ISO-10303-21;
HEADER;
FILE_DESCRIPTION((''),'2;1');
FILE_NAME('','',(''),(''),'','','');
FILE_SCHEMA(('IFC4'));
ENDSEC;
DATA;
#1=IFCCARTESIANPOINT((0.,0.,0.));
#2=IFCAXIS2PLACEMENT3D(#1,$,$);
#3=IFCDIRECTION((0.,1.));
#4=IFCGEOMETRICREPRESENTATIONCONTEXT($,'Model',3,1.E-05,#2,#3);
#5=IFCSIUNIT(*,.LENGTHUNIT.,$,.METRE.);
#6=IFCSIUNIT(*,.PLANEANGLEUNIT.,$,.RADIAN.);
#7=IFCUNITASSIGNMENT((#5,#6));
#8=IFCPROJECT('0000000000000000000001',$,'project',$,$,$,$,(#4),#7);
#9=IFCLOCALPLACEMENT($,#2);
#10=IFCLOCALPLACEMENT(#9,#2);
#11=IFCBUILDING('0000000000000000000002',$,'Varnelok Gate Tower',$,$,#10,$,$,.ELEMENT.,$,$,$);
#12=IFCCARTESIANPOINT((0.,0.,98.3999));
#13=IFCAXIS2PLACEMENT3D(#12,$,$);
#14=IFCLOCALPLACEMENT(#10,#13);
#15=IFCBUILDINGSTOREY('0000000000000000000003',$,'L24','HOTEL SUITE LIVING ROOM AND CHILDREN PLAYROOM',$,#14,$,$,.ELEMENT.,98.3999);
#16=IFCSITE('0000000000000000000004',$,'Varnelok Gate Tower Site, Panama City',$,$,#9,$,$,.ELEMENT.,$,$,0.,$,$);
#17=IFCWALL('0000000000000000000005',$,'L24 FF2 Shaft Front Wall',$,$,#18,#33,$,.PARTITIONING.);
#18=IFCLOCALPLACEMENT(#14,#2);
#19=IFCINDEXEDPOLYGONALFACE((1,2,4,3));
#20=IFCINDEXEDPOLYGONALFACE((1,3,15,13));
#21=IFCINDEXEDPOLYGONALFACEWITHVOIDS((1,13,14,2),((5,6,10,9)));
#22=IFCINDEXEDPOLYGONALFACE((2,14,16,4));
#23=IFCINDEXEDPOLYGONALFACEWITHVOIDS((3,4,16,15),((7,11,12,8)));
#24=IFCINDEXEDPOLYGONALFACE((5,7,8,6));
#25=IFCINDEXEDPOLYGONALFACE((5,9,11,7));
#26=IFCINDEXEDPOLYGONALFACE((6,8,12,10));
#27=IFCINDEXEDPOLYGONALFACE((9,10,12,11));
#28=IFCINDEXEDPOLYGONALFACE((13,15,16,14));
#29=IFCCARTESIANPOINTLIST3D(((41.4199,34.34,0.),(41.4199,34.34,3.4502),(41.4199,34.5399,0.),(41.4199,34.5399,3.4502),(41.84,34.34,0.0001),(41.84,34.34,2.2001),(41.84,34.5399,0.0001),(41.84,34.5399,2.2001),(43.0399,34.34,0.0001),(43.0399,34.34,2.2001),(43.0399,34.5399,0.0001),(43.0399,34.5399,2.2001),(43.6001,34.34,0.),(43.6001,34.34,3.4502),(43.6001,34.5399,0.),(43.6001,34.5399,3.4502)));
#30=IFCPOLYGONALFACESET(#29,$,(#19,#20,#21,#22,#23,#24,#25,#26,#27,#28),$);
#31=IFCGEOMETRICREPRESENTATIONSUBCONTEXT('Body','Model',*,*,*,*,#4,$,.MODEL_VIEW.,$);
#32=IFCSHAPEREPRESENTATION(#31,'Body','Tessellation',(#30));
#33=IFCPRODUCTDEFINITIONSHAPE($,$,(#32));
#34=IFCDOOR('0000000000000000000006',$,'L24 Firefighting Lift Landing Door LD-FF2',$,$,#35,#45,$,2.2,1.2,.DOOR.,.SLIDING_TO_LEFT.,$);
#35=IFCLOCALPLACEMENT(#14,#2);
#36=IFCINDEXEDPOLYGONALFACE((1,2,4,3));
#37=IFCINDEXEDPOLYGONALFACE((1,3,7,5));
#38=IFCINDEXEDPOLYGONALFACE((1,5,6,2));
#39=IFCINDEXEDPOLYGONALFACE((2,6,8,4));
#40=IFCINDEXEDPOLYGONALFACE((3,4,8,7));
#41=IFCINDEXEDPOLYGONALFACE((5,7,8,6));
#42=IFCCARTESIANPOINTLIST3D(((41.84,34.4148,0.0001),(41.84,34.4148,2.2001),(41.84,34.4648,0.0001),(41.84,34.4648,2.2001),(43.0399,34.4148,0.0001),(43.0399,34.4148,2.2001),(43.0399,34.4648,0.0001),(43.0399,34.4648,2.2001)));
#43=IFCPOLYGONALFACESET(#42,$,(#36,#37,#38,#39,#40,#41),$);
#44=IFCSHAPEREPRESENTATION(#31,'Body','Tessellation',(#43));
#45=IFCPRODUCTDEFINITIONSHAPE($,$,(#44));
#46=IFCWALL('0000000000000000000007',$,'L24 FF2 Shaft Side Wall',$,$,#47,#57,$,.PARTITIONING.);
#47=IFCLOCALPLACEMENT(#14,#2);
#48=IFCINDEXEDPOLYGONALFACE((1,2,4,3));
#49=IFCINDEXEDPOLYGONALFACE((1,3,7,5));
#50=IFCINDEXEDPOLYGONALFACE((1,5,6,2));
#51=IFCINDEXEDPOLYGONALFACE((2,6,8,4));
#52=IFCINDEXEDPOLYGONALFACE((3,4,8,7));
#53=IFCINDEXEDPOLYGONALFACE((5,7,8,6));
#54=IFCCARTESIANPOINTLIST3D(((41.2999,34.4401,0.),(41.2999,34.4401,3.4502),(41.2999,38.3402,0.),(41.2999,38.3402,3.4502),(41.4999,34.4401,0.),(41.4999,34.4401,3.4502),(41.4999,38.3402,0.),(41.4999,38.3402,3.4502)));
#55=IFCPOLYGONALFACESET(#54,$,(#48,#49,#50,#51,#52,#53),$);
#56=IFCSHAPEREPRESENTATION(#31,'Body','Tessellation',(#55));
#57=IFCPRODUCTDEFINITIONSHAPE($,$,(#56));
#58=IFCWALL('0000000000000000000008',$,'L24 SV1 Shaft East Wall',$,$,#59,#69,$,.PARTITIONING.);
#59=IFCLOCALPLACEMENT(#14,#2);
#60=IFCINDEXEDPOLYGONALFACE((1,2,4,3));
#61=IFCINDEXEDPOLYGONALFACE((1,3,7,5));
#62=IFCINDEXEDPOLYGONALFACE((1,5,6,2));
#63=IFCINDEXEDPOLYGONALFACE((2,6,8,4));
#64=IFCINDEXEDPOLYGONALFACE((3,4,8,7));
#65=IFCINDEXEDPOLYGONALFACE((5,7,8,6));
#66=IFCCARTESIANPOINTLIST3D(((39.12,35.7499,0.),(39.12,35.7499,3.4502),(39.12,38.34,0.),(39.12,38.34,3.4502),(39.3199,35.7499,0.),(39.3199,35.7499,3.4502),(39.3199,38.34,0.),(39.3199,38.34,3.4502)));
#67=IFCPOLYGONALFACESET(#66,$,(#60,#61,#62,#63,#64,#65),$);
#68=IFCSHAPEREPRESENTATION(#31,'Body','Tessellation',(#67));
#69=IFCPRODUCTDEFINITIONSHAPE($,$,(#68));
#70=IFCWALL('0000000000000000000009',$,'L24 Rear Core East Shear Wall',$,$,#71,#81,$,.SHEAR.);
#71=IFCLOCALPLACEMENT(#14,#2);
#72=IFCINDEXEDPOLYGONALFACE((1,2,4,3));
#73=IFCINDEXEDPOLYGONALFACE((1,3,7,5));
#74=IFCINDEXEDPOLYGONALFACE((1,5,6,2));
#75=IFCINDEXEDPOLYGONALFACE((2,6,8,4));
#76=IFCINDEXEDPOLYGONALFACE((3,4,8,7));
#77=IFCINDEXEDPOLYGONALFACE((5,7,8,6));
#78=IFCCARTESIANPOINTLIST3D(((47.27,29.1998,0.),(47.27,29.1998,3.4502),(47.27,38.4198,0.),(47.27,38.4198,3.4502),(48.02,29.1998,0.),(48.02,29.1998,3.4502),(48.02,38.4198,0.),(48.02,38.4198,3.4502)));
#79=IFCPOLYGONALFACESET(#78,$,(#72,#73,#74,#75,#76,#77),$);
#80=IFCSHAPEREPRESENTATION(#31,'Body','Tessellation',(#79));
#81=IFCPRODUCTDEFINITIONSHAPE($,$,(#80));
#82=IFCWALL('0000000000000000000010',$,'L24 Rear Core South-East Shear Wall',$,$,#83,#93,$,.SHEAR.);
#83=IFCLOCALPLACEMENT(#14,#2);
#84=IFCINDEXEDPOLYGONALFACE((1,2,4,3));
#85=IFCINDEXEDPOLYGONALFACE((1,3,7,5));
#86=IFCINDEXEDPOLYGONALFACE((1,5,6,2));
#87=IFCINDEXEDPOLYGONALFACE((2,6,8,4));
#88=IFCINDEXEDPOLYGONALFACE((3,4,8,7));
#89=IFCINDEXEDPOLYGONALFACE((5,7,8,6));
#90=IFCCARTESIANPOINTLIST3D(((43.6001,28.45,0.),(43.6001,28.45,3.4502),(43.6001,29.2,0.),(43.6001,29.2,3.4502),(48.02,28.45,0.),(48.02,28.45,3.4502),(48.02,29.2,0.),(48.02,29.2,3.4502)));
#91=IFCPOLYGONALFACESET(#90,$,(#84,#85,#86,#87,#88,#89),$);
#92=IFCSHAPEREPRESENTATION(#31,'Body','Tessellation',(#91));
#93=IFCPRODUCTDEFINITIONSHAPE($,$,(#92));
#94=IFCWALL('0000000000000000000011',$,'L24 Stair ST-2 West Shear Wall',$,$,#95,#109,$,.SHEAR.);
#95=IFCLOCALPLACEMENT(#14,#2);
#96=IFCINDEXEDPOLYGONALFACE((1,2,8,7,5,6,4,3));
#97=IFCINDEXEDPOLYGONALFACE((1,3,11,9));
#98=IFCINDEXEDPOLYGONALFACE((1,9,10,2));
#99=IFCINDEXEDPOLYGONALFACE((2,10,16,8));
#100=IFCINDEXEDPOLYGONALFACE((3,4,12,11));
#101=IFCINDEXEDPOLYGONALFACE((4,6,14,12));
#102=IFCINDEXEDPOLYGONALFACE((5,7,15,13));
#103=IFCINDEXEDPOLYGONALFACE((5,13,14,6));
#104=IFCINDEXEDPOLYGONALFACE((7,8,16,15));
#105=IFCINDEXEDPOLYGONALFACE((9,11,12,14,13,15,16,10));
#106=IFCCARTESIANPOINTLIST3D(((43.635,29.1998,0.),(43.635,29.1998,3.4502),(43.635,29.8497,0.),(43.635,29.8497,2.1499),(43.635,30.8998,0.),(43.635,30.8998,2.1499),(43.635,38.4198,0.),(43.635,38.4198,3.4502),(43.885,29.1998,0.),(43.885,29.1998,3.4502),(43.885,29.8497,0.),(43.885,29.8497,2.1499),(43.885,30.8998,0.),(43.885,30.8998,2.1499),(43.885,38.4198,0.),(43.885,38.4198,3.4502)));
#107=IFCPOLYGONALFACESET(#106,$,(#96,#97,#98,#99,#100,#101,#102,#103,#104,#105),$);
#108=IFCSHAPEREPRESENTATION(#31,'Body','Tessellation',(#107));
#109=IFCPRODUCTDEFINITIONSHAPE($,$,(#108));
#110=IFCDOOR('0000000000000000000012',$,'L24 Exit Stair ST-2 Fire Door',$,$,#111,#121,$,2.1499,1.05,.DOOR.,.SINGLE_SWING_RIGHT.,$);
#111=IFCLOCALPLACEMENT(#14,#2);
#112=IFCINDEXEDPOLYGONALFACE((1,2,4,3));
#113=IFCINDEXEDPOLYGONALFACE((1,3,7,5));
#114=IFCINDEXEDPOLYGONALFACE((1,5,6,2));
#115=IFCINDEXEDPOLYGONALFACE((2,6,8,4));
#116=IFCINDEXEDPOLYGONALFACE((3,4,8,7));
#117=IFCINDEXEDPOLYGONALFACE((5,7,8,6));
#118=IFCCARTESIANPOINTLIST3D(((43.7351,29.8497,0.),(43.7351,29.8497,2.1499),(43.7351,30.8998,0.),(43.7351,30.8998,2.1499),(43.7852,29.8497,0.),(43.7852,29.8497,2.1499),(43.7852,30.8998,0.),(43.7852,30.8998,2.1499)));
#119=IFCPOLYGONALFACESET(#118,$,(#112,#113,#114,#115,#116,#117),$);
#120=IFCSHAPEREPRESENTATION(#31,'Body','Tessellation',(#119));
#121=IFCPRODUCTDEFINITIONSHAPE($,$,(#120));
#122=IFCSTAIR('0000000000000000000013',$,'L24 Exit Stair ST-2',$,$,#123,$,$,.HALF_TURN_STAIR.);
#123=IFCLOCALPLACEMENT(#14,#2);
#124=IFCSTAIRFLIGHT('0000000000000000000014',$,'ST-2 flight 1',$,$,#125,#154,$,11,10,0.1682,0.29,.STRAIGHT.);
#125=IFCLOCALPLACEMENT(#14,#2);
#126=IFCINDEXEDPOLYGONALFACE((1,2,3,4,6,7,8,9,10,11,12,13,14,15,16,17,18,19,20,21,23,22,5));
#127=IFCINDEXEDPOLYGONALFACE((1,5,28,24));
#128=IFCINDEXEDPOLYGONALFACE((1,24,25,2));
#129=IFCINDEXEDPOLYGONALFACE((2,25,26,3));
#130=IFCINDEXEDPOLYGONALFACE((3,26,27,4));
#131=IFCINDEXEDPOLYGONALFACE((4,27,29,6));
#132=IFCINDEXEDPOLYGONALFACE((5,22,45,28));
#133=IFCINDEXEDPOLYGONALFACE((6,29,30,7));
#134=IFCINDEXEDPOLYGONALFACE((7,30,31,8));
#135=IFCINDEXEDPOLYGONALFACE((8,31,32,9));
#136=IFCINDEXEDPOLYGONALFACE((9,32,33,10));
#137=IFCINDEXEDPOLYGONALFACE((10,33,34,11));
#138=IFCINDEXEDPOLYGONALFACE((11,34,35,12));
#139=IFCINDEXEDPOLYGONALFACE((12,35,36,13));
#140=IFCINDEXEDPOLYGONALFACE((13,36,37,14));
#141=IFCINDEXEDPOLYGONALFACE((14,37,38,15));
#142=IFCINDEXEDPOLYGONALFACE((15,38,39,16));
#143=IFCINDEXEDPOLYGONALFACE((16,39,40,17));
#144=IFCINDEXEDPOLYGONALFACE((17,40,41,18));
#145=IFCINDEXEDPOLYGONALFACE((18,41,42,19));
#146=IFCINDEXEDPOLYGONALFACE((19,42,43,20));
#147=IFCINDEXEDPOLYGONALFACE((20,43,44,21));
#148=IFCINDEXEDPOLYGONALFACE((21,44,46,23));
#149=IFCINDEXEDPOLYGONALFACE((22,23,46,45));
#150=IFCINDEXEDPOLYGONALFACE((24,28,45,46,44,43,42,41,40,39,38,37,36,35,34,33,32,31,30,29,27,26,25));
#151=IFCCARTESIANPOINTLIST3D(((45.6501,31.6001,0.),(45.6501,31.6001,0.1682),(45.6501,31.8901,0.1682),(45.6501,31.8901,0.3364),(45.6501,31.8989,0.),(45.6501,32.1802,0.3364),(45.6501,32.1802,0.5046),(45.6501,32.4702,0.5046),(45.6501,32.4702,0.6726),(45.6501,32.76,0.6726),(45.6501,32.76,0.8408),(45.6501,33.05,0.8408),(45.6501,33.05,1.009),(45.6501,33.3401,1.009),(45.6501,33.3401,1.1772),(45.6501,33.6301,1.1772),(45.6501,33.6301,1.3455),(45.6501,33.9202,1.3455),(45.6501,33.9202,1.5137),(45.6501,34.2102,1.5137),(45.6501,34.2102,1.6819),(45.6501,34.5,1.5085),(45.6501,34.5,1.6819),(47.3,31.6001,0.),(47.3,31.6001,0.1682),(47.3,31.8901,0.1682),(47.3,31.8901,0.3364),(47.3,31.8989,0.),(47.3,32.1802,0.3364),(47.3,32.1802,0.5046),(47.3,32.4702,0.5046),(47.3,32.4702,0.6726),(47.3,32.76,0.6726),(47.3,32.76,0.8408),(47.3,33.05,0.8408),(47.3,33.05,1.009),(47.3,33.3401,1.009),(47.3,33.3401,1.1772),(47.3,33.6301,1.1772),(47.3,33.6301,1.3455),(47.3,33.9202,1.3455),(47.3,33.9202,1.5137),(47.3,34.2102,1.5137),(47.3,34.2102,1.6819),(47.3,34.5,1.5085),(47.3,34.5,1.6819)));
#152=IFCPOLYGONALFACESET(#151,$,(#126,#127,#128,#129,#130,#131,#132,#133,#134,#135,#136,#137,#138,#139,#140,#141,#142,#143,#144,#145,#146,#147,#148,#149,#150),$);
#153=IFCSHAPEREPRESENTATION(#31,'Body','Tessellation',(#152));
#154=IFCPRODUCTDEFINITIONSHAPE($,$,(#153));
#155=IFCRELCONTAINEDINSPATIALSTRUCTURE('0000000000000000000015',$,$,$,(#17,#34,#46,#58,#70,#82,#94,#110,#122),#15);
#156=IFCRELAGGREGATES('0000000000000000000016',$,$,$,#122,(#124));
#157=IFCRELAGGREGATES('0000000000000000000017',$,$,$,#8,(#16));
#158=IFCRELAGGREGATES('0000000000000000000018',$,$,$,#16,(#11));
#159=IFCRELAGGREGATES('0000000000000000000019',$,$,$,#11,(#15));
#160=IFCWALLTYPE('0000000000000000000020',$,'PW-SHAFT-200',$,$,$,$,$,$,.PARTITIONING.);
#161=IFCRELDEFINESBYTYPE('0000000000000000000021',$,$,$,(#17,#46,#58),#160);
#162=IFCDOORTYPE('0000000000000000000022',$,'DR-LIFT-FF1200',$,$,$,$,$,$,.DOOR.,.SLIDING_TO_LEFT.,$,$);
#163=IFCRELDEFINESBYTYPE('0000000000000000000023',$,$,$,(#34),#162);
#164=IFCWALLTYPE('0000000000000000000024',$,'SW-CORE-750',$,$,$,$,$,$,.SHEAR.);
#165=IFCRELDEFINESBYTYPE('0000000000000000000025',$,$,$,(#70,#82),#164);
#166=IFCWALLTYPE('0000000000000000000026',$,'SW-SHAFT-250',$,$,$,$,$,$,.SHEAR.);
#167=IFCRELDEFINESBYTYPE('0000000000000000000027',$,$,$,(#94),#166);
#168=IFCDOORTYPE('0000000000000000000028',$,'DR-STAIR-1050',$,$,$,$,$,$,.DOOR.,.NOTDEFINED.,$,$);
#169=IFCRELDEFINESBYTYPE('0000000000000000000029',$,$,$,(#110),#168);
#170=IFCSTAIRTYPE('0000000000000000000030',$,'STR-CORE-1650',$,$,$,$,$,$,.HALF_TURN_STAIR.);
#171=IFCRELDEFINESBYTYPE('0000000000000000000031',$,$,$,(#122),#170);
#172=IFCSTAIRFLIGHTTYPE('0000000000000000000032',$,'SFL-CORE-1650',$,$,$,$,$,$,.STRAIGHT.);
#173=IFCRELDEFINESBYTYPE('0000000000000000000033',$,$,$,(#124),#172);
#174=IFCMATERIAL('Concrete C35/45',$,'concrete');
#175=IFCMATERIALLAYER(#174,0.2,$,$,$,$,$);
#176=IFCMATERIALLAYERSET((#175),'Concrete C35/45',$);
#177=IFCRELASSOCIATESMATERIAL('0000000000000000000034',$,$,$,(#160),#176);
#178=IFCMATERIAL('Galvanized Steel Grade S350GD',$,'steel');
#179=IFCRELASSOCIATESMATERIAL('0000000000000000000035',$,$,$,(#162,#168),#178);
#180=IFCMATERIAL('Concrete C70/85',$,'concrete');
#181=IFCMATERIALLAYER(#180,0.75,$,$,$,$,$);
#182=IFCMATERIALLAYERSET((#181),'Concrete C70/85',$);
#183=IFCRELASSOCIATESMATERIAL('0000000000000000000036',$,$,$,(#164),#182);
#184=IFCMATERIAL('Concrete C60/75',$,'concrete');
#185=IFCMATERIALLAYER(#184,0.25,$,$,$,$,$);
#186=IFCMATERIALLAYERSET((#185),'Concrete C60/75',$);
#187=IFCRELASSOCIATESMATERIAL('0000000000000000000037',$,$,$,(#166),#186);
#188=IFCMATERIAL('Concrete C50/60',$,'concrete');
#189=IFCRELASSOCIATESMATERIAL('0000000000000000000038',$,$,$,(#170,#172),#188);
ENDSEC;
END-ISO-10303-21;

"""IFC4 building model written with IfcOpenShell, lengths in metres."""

from ifc_helpers import new_model, si_unit, direction, frame, frame_2d, origin, place, context, subcontext, project, spatial, polyline, rectangle, outline, extrude, material, layer, layer_set, type_object, element, fill, aggregate, save


model = new_model("IFC4")

# Units and contexts
model_context = context("Model", 3, precision=1e-05, world=origin(), true_north=direction((0.0, 1.0)))
body_context = subcontext(model_context, "Body", "Model", "MODEL_VIEW")
ifc_project = project(units=[si_unit("LENGTHUNIT", "METRE"), si_unit("PLANEANGLEUNIT", "RADIAN")], contexts=[model_context])

# Site, building, storey
site_placement = place(None, origin())
site = spatial("IfcSite", under=ifc_project, at=site_placement, Name="Varnelok Gate Tower Site, Panama City", CompositionType="ELEMENT", RefElevation=0.0)
building_placement = place(site_placement, origin())
building = spatial("IfcBuilding", under=site, at=building_placement, Name="Varnelok Gate Tower", CompositionType="ELEMENT")
storey_placement = place(building_placement, frame((0.0, 0.0, 98.3999)))
storey = spatial("IfcBuildingStorey", under=building, at=storey_placement, Name="L24", Description="HOTEL SUITE LIVING ROOM AND CHILDREN PLAYROOM", CompositionType="ELEMENT", Elevation=98.3999)

# Shared definitions
ifc_material_1 = material(Name="Concrete C70/85", Category="concrete")

# Shared definitions
ifc_material_2 = material(Name="Galvanized Steel Grade S350GD", Category="steel")

# Shared definitions
ifc_material_3 = material(Name="Concrete C35/45", Category="concrete")
ifc_layer_1 = layer(ifc_material_3, 0.2)
ifc_layer_set_1 = layer_set([ifc_layer_1], Name="Concrete C35/45")
wall_type_1 = type_object("IfcWallType", Name="PW-SHAFT-200", PredefinedType="PARTITIONING", material=ifc_layer_set_1)

# Wall, opening, door
wall_1_placement = place(storey_placement, frame((41.4199, 34.4399, 0.0), z_axis=(0.0, 0.0, 1.0), x_axis=(1.0, 0.0, 0.0)))
wall_1 = element("IfcWall", 1, at=wall_1_placement, inside=storey, type_object=wall_type_1, Name="L24 FF2 Shaft Front Wall", PredefinedType="PARTITIONING", context=body_context, shape_type="SweptSolid", body=[
    extrude(rectangle(XDim=2.1802, YDim=0.2, at=frame_2d((1.0901, 0.0))), origin(), (0.0, 0.0, 1.0), 3.4502),
])
opening_1_placement = place(wall_1_placement, frame((0.4199, 0.0, 0.0)))
opening_1 = element("IfcOpeningElement", 2, at=opening_1_placement, cuts=wall_1, PredefinedType="OPENING", context=body_context, shape_type="SweptSolid", body=[
    extrude(rectangle(XDim=1.2, YDim=2.2, at=frame_2d((0.6001, 1.1001))), frame((0.0, 0.1099, 0.0), z_axis=(0.0, -1.0, 0.0), x_axis=(1.0, 0.0, 0.0)), (0.0, 0.0, 1.0), 0.22),
])
door_type_1 = type_object("IfcDoorType", Name="DR-LIFT-FF1200", OperationType="SLIDING_TO_LEFT", PredefinedType="DOOR", material=ifc_material_2)
door_1_placement = place(opening_1_placement, origin())
door_1 = element("IfcDoor", 3, at=door_1_placement, inside=storey, type_object=door_type_1, Name="L24 Firefighting Lift Landing Door LD-FF2", OperationType="SLIDING_TO_LEFT", OverallHeight=2.2, OverallWidth=1.2, PredefinedType="DOOR", context=body_context, shape_type="SweptSolid", body=[
    extrude(rectangle(XDim=1.2, YDim=2.2, at=frame_2d((0.6001, 1.1001))), frame((0.0, 0.0249, 0.0), z_axis=(0.0, -1.0, 0.0), x_axis=(1.0, 0.0, 0.0)), (0.0, 0.0, 1.0), 0.05),
])
fill(opening_1, door_1)

# Walls
wall_2_placement = place(storey_placement, frame((41.3999, 34.4399, 0.0), z_axis=(0.0, 0.0, 1.0), x_axis=(0.0, 1.0, 0.0)))
element("IfcWall", 4, at=wall_2_placement, inside=storey, type_object=wall_type_1, Name="L24 FF2 Shaft Side Wall", PredefinedType="PARTITIONING", context=body_context, shape_type="SweptSolid", body=[
    extrude(rectangle(XDim=3.9001, YDim=0.2, at=frame_2d((1.9502, 0.0))), origin(), (0.0, 0.0, 1.0), 3.4502),
])
wall_3_placement = place(storey_placement, frame((39.22, 35.75, 0.0), z_axis=(0.0, 0.0, 1.0), x_axis=(0.0, 1.0, 0.0)))
element("IfcWall", 5, at=wall_3_placement, inside=storey, type_object=wall_type_1, Name="L24 SV1 Shaft East Wall", PredefinedType="PARTITIONING", context=body_context, shape_type="SweptSolid", body=[
    extrude(rectangle(XDim=2.5901, YDim=0.2, at=frame_2d((1.2949, 0.0))), origin(), (0.0, 0.0, 1.0), 3.4502),
])
ifc_layer_2 = layer(ifc_material_1, 0.75)
ifc_layer_set_2 = layer_set([ifc_layer_2], Name="Concrete C70/85")
wall_type_2 = type_object("IfcWallType", Name="SW-CORE-750", PredefinedType="SHEAR", material=ifc_layer_set_2)
wall_4_placement = place(storey_placement, frame((47.645, 29.2, 0.0), z_axis=(0.0, 0.0, 1.0), x_axis=(0.0, 1.0, 0.0)))
element("IfcWall", 6, at=wall_4_placement, inside=storey, type_object=wall_type_2, Name="L24 Rear Core East Shear Wall", PredefinedType="SHEAR", context=body_context, shape_type="SweptSolid", body=[
    extrude(rectangle(XDim=9.22, YDim=0.75, at=frame_2d((4.6099, 0.0))), origin(), (0.0, 0.0, 1.0), 3.4502),
])
wall_5_placement = place(storey_placement, frame((43.6001, 28.825, 0.0), z_axis=(0.0, 0.0, 1.0), x_axis=(1.0, 0.0, 0.0)))
element("IfcWall", 7, at=wall_5_placement, inside=storey, type_object=wall_type_2, Name="L24 Rear Core South-East Shear Wall", PredefinedType="SHEAR", context=body_context, shape_type="SweptSolid", body=[
    extrude(rectangle(XDim=4.4199, YDim=0.75, at=frame_2d((2.21, 0.0))), origin(), (0.0, 0.0, 1.0), 3.4502),
])

# Wall, opening, door
ifc_material_4 = material(Name="Concrete C60/75", Category="concrete")
ifc_layer_3 = layer(ifc_material_4, 0.25)
ifc_layer_set_3 = layer_set([ifc_layer_3], Name="Concrete C60/75")
wall_type_3 = type_object("IfcWallType", Name="SW-SHAFT-250", PredefinedType="SHEAR", material=ifc_layer_set_3)
wall_6_placement = place(storey_placement, frame((43.76, 29.2, 0.0), z_axis=(0.0, 0.0, 1.0), x_axis=(0.0, 1.0, 0.0)))
wall_6 = element("IfcWall", 8, at=wall_6_placement, inside=storey, type_object=wall_type_3, Name="L24 Stair ST-2 West Shear Wall", PredefinedType="SHEAR", context=body_context, shape_type="SweptSolid", body=[
    extrude(rectangle(XDim=9.22, YDim=0.25, at=frame_2d((4.6099, 0.0))), origin(), (0.0, 0.0, 1.0), 3.4502),
])
opening_2_placement = place(wall_6_placement, frame((0.6499, 0.0, 0.0)))
opening_2 = element("IfcOpeningElement", 9, at=opening_2_placement, cuts=wall_6, PredefinedType="OPENING", context=body_context, shape_type="SweptSolid", body=[
    extrude(rectangle(XDim=1.05, YDim=2.1499, at=frame_2d((0.5249, 1.075))), frame((0.0, 0.135, 0.0), z_axis=(0.0, -1.0, 0.0), x_axis=(1.0, 0.0, 0.0)), (0.0, 0.0, 1.0), 0.27),
])
door_type_2 = type_object("IfcDoorType", Name="DR-STAIR-1050", OperationType="NOTDEFINED", PredefinedType="DOOR", material=ifc_material_2)
door_2_placement = place(opening_2_placement, origin())
door_2 = element("IfcDoor", 10, at=door_2_placement, inside=storey, type_object=door_type_2, Name="L24 Exit Stair ST-2 Fire Door", OperationType="SINGLE_SWING_RIGHT", OverallHeight=2.1499, OverallWidth=1.05, PredefinedType="DOOR", context=body_context, shape_type="SweptSolid", body=[
    extrude(rectangle(XDim=1.05, YDim=2.1499, at=frame_2d((0.5249, 1.075))), frame((0.0, 0.0249, 0.0), z_axis=(0.0, -1.0, 0.0), x_axis=(1.0, 0.0, 0.0)), (0.0, 0.0, 1.0), 0.05),
])
fill(opening_2, door_2)

# Stair, stair flight
ifc_material_5 = material(Name="Concrete C50/60", Category="concrete")
stair_type = type_object("IfcStairType", Name="STR-CORE-1650", PredefinedType="HALF_TURN_STAIR", material=ifc_material_5)
stair_placement = place(storey_placement, origin())
stair = element("IfcStair", 11, at=stair_placement, inside=storey, type_object=stair_type, Name="L24 Exit Stair ST-2", PredefinedType="HALF_TURN_STAIR")
stair_flight_type = type_object("IfcStairFlightType", Name="SFL-CORE-1650", PredefinedType="STRAIGHT", material=ifc_material_5)
stair_flight_1_placement = place(storey_placement, frame((46.4751, 31.6001, 0.0), z_axis=(0.0, 0.0, 1.0), x_axis=(0.0, 1.0, 0.0)))
stair_flight_1 = element("IfcStairFlight", 12, at=stair_flight_1_placement, type_object=stair_flight_type, Name="ST-2 flight 1", NumberOfRisers=11, NumberOfTreads=10, PredefinedType="STRAIGHT", RiserHeight=0.1682, TreadLength=0.29, context=body_context, shape_type="SweptSolid", body=[
    extrude(outline(polyline([(0.0, 0.0), (0.0, 0.1682), (0.29, 0.1682), (0.29, 0.3364), (0.5801, 0.3364), (0.5801, 0.5046), (0.8701, 0.5046), (0.8701, 0.6726), (1.1599, 0.6726), (1.1599, 0.8408), (1.45, 0.8408), (1.45, 1.009), (1.74, 1.009), (1.74, 1.1772), (2.03, 1.1772), (2.03, 1.3455), (2.3201, 1.3455), (2.3201, 1.5137), (2.6101, 1.5137), (2.6101, 1.6819), (2.8999, 1.6819), (2.8999, 1.8501), (2.8999, 1.5085), (0.2988, 0.0), (0.0, 0.0)])), frame((0.0, 0.825, 0.0), z_axis=(0.0, -1.0, 0.0), x_axis=(1.0, 0.0, 0.0)), (0.0, 0.0, 1.0), 1.6499),
])
aggregate(stair, [stair_flight_1])

save(model, "model.ifc")
